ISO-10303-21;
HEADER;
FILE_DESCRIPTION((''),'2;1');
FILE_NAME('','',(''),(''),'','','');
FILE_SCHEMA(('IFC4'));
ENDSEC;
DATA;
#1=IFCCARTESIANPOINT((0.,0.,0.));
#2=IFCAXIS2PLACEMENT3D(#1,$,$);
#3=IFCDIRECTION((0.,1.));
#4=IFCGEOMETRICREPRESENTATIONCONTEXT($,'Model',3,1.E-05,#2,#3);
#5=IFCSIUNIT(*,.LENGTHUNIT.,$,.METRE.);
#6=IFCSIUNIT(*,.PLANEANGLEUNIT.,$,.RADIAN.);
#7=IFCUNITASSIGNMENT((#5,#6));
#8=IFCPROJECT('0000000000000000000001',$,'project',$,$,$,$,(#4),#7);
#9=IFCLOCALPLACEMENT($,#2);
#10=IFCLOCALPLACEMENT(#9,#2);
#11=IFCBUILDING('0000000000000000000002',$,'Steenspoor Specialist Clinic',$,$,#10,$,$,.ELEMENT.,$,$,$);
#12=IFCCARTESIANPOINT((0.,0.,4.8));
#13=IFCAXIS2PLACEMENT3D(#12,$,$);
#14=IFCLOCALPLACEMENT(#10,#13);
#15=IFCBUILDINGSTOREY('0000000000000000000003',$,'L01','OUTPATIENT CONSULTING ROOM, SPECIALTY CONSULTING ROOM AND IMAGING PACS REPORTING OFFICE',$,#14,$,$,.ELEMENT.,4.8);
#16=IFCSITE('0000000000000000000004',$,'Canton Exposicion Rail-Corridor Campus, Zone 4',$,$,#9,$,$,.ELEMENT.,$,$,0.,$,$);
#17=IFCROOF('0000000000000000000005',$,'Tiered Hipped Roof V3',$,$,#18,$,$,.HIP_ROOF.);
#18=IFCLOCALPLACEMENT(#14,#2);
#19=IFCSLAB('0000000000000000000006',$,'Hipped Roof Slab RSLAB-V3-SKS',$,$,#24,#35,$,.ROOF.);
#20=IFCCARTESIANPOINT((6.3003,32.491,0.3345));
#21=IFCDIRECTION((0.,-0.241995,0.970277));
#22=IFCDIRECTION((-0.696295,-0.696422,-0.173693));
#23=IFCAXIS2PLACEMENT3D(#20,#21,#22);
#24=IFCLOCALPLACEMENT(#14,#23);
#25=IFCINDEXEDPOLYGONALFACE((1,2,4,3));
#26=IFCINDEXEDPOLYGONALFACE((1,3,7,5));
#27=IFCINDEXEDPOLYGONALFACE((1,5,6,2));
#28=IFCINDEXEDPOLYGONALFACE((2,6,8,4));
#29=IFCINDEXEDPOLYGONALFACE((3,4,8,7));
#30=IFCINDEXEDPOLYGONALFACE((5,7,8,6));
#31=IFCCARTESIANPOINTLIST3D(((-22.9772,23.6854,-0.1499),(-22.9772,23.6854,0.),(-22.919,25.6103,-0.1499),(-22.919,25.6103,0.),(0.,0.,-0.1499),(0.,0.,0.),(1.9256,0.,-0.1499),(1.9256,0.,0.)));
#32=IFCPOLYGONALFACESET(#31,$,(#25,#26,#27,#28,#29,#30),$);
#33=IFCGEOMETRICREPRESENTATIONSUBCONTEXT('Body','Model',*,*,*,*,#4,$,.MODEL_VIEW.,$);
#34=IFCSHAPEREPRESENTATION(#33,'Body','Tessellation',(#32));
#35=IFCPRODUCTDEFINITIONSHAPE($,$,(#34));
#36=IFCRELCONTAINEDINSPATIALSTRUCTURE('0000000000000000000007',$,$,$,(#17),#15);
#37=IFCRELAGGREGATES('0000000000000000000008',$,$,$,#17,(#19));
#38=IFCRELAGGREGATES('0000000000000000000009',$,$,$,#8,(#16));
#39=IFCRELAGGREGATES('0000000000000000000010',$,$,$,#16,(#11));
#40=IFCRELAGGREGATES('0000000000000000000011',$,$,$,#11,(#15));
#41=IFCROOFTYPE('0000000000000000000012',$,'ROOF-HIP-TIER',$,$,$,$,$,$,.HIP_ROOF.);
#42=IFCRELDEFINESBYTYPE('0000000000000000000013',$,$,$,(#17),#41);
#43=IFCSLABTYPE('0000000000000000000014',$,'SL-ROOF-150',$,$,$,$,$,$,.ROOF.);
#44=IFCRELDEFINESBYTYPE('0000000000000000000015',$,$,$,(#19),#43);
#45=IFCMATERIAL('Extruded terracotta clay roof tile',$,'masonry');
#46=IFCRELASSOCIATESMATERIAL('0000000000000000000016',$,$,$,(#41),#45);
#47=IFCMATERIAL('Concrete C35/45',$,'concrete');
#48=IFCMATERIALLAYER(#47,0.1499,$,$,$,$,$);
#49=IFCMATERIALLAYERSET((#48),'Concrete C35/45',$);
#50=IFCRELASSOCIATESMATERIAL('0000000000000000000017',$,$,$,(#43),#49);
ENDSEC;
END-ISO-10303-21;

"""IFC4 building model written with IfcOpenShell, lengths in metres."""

from ifc_helpers import new_model, si_unit, direction, frame, origin, place, context, subcontext, project, spatial, polyline, outline, extrude, material, layer, layer_set, type_object, element, aggregate, save


model = new_model("IFC4")

# Units and contexts
model_context = context("Model", 3, precision=1e-05, world=origin(), true_north=direction((0.0, 1.0)))
body_context = subcontext(model_context, "Body", "Model", "MODEL_VIEW")
ifc_project = project(units=[si_unit("LENGTHUNIT", "METRE"), si_unit("PLANEANGLEUNIT", "RADIAN")], contexts=[model_context])

# Site, building, storey
site_placement = place(None, origin())
site = spatial("IfcSite", under=ifc_project, at=site_placement, Name="Canton Exposicion Rail-Corridor Campus, Zone 4", CompositionType="ELEMENT", RefElevation=0.0)
building_placement = place(site_placement, origin())
building = spatial("IfcBuilding", under=site, at=building_placement, Name="Steenspoor Specialist Clinic", CompositionType="ELEMENT")
storey_placement = place(building_placement, frame((0.0, 0.0, 4.8)))
storey = spatial("IfcBuildingStorey", under=building, at=storey_placement, Name="L01", Description="OUTPATIENT CONSULTING ROOM, SPECIALTY CONSULTING ROOM AND IMAGING PACS REPORTING OFFICE", CompositionType="ELEMENT", Elevation=4.8)

# Roof, slab
ifc_material_1 = material(Name="Extruded terracotta clay roof tile", Category="masonry")
roof_type = type_object("IfcRoofType", Name="ROOF-HIP-TIER", PredefinedType="HIP_ROOF", material=ifc_material_1)
roof_placement = place(storey_placement, origin())
roof = element("IfcRoof", 1, at=roof_placement, inside=storey, type_object=roof_type, Name="Tiered Hipped Roof V3", PredefinedType="HIP_ROOF")
ifc_material_2 = material(Name="Concrete C35/45", Category="concrete")
ifc_layer_1 = layer(ifc_material_2, 0.1499)
ifc_layer_set_1 = layer_set([ifc_layer_1], Name="Concrete C35/45")
slab_type = type_object("IfcSlabType", Name="SL-ROOF-150", PredefinedType="ROOF", material=ifc_layer_set_1)
slab_1_placement = place(storey_placement, frame((6.3003, 32.491, 0.3345), z_axis=(0.0, -0.241995, 0.970277), x_axis=(-0.696295, -0.696422, -0.173693)))
slab_1 = element("IfcSlab", 2, at=slab_1_placement, type_object=slab_type, Name="Hipped Roof Slab RSLAB-V3-SKS", PredefinedType="ROOF", context=body_context, shape_type="SweptSolid", body=[
    extrude(outline(polyline([(0.0, 0.0), (1.9256, 0.0), (-22.919, 25.6103), (-22.9772, 23.6854), (0.0, 0.0)])), origin(), (0.0, 0.0, -1.0), 0.1499),
])
aggregate(roof, [slab_1])

save(model, "model.ifc")
